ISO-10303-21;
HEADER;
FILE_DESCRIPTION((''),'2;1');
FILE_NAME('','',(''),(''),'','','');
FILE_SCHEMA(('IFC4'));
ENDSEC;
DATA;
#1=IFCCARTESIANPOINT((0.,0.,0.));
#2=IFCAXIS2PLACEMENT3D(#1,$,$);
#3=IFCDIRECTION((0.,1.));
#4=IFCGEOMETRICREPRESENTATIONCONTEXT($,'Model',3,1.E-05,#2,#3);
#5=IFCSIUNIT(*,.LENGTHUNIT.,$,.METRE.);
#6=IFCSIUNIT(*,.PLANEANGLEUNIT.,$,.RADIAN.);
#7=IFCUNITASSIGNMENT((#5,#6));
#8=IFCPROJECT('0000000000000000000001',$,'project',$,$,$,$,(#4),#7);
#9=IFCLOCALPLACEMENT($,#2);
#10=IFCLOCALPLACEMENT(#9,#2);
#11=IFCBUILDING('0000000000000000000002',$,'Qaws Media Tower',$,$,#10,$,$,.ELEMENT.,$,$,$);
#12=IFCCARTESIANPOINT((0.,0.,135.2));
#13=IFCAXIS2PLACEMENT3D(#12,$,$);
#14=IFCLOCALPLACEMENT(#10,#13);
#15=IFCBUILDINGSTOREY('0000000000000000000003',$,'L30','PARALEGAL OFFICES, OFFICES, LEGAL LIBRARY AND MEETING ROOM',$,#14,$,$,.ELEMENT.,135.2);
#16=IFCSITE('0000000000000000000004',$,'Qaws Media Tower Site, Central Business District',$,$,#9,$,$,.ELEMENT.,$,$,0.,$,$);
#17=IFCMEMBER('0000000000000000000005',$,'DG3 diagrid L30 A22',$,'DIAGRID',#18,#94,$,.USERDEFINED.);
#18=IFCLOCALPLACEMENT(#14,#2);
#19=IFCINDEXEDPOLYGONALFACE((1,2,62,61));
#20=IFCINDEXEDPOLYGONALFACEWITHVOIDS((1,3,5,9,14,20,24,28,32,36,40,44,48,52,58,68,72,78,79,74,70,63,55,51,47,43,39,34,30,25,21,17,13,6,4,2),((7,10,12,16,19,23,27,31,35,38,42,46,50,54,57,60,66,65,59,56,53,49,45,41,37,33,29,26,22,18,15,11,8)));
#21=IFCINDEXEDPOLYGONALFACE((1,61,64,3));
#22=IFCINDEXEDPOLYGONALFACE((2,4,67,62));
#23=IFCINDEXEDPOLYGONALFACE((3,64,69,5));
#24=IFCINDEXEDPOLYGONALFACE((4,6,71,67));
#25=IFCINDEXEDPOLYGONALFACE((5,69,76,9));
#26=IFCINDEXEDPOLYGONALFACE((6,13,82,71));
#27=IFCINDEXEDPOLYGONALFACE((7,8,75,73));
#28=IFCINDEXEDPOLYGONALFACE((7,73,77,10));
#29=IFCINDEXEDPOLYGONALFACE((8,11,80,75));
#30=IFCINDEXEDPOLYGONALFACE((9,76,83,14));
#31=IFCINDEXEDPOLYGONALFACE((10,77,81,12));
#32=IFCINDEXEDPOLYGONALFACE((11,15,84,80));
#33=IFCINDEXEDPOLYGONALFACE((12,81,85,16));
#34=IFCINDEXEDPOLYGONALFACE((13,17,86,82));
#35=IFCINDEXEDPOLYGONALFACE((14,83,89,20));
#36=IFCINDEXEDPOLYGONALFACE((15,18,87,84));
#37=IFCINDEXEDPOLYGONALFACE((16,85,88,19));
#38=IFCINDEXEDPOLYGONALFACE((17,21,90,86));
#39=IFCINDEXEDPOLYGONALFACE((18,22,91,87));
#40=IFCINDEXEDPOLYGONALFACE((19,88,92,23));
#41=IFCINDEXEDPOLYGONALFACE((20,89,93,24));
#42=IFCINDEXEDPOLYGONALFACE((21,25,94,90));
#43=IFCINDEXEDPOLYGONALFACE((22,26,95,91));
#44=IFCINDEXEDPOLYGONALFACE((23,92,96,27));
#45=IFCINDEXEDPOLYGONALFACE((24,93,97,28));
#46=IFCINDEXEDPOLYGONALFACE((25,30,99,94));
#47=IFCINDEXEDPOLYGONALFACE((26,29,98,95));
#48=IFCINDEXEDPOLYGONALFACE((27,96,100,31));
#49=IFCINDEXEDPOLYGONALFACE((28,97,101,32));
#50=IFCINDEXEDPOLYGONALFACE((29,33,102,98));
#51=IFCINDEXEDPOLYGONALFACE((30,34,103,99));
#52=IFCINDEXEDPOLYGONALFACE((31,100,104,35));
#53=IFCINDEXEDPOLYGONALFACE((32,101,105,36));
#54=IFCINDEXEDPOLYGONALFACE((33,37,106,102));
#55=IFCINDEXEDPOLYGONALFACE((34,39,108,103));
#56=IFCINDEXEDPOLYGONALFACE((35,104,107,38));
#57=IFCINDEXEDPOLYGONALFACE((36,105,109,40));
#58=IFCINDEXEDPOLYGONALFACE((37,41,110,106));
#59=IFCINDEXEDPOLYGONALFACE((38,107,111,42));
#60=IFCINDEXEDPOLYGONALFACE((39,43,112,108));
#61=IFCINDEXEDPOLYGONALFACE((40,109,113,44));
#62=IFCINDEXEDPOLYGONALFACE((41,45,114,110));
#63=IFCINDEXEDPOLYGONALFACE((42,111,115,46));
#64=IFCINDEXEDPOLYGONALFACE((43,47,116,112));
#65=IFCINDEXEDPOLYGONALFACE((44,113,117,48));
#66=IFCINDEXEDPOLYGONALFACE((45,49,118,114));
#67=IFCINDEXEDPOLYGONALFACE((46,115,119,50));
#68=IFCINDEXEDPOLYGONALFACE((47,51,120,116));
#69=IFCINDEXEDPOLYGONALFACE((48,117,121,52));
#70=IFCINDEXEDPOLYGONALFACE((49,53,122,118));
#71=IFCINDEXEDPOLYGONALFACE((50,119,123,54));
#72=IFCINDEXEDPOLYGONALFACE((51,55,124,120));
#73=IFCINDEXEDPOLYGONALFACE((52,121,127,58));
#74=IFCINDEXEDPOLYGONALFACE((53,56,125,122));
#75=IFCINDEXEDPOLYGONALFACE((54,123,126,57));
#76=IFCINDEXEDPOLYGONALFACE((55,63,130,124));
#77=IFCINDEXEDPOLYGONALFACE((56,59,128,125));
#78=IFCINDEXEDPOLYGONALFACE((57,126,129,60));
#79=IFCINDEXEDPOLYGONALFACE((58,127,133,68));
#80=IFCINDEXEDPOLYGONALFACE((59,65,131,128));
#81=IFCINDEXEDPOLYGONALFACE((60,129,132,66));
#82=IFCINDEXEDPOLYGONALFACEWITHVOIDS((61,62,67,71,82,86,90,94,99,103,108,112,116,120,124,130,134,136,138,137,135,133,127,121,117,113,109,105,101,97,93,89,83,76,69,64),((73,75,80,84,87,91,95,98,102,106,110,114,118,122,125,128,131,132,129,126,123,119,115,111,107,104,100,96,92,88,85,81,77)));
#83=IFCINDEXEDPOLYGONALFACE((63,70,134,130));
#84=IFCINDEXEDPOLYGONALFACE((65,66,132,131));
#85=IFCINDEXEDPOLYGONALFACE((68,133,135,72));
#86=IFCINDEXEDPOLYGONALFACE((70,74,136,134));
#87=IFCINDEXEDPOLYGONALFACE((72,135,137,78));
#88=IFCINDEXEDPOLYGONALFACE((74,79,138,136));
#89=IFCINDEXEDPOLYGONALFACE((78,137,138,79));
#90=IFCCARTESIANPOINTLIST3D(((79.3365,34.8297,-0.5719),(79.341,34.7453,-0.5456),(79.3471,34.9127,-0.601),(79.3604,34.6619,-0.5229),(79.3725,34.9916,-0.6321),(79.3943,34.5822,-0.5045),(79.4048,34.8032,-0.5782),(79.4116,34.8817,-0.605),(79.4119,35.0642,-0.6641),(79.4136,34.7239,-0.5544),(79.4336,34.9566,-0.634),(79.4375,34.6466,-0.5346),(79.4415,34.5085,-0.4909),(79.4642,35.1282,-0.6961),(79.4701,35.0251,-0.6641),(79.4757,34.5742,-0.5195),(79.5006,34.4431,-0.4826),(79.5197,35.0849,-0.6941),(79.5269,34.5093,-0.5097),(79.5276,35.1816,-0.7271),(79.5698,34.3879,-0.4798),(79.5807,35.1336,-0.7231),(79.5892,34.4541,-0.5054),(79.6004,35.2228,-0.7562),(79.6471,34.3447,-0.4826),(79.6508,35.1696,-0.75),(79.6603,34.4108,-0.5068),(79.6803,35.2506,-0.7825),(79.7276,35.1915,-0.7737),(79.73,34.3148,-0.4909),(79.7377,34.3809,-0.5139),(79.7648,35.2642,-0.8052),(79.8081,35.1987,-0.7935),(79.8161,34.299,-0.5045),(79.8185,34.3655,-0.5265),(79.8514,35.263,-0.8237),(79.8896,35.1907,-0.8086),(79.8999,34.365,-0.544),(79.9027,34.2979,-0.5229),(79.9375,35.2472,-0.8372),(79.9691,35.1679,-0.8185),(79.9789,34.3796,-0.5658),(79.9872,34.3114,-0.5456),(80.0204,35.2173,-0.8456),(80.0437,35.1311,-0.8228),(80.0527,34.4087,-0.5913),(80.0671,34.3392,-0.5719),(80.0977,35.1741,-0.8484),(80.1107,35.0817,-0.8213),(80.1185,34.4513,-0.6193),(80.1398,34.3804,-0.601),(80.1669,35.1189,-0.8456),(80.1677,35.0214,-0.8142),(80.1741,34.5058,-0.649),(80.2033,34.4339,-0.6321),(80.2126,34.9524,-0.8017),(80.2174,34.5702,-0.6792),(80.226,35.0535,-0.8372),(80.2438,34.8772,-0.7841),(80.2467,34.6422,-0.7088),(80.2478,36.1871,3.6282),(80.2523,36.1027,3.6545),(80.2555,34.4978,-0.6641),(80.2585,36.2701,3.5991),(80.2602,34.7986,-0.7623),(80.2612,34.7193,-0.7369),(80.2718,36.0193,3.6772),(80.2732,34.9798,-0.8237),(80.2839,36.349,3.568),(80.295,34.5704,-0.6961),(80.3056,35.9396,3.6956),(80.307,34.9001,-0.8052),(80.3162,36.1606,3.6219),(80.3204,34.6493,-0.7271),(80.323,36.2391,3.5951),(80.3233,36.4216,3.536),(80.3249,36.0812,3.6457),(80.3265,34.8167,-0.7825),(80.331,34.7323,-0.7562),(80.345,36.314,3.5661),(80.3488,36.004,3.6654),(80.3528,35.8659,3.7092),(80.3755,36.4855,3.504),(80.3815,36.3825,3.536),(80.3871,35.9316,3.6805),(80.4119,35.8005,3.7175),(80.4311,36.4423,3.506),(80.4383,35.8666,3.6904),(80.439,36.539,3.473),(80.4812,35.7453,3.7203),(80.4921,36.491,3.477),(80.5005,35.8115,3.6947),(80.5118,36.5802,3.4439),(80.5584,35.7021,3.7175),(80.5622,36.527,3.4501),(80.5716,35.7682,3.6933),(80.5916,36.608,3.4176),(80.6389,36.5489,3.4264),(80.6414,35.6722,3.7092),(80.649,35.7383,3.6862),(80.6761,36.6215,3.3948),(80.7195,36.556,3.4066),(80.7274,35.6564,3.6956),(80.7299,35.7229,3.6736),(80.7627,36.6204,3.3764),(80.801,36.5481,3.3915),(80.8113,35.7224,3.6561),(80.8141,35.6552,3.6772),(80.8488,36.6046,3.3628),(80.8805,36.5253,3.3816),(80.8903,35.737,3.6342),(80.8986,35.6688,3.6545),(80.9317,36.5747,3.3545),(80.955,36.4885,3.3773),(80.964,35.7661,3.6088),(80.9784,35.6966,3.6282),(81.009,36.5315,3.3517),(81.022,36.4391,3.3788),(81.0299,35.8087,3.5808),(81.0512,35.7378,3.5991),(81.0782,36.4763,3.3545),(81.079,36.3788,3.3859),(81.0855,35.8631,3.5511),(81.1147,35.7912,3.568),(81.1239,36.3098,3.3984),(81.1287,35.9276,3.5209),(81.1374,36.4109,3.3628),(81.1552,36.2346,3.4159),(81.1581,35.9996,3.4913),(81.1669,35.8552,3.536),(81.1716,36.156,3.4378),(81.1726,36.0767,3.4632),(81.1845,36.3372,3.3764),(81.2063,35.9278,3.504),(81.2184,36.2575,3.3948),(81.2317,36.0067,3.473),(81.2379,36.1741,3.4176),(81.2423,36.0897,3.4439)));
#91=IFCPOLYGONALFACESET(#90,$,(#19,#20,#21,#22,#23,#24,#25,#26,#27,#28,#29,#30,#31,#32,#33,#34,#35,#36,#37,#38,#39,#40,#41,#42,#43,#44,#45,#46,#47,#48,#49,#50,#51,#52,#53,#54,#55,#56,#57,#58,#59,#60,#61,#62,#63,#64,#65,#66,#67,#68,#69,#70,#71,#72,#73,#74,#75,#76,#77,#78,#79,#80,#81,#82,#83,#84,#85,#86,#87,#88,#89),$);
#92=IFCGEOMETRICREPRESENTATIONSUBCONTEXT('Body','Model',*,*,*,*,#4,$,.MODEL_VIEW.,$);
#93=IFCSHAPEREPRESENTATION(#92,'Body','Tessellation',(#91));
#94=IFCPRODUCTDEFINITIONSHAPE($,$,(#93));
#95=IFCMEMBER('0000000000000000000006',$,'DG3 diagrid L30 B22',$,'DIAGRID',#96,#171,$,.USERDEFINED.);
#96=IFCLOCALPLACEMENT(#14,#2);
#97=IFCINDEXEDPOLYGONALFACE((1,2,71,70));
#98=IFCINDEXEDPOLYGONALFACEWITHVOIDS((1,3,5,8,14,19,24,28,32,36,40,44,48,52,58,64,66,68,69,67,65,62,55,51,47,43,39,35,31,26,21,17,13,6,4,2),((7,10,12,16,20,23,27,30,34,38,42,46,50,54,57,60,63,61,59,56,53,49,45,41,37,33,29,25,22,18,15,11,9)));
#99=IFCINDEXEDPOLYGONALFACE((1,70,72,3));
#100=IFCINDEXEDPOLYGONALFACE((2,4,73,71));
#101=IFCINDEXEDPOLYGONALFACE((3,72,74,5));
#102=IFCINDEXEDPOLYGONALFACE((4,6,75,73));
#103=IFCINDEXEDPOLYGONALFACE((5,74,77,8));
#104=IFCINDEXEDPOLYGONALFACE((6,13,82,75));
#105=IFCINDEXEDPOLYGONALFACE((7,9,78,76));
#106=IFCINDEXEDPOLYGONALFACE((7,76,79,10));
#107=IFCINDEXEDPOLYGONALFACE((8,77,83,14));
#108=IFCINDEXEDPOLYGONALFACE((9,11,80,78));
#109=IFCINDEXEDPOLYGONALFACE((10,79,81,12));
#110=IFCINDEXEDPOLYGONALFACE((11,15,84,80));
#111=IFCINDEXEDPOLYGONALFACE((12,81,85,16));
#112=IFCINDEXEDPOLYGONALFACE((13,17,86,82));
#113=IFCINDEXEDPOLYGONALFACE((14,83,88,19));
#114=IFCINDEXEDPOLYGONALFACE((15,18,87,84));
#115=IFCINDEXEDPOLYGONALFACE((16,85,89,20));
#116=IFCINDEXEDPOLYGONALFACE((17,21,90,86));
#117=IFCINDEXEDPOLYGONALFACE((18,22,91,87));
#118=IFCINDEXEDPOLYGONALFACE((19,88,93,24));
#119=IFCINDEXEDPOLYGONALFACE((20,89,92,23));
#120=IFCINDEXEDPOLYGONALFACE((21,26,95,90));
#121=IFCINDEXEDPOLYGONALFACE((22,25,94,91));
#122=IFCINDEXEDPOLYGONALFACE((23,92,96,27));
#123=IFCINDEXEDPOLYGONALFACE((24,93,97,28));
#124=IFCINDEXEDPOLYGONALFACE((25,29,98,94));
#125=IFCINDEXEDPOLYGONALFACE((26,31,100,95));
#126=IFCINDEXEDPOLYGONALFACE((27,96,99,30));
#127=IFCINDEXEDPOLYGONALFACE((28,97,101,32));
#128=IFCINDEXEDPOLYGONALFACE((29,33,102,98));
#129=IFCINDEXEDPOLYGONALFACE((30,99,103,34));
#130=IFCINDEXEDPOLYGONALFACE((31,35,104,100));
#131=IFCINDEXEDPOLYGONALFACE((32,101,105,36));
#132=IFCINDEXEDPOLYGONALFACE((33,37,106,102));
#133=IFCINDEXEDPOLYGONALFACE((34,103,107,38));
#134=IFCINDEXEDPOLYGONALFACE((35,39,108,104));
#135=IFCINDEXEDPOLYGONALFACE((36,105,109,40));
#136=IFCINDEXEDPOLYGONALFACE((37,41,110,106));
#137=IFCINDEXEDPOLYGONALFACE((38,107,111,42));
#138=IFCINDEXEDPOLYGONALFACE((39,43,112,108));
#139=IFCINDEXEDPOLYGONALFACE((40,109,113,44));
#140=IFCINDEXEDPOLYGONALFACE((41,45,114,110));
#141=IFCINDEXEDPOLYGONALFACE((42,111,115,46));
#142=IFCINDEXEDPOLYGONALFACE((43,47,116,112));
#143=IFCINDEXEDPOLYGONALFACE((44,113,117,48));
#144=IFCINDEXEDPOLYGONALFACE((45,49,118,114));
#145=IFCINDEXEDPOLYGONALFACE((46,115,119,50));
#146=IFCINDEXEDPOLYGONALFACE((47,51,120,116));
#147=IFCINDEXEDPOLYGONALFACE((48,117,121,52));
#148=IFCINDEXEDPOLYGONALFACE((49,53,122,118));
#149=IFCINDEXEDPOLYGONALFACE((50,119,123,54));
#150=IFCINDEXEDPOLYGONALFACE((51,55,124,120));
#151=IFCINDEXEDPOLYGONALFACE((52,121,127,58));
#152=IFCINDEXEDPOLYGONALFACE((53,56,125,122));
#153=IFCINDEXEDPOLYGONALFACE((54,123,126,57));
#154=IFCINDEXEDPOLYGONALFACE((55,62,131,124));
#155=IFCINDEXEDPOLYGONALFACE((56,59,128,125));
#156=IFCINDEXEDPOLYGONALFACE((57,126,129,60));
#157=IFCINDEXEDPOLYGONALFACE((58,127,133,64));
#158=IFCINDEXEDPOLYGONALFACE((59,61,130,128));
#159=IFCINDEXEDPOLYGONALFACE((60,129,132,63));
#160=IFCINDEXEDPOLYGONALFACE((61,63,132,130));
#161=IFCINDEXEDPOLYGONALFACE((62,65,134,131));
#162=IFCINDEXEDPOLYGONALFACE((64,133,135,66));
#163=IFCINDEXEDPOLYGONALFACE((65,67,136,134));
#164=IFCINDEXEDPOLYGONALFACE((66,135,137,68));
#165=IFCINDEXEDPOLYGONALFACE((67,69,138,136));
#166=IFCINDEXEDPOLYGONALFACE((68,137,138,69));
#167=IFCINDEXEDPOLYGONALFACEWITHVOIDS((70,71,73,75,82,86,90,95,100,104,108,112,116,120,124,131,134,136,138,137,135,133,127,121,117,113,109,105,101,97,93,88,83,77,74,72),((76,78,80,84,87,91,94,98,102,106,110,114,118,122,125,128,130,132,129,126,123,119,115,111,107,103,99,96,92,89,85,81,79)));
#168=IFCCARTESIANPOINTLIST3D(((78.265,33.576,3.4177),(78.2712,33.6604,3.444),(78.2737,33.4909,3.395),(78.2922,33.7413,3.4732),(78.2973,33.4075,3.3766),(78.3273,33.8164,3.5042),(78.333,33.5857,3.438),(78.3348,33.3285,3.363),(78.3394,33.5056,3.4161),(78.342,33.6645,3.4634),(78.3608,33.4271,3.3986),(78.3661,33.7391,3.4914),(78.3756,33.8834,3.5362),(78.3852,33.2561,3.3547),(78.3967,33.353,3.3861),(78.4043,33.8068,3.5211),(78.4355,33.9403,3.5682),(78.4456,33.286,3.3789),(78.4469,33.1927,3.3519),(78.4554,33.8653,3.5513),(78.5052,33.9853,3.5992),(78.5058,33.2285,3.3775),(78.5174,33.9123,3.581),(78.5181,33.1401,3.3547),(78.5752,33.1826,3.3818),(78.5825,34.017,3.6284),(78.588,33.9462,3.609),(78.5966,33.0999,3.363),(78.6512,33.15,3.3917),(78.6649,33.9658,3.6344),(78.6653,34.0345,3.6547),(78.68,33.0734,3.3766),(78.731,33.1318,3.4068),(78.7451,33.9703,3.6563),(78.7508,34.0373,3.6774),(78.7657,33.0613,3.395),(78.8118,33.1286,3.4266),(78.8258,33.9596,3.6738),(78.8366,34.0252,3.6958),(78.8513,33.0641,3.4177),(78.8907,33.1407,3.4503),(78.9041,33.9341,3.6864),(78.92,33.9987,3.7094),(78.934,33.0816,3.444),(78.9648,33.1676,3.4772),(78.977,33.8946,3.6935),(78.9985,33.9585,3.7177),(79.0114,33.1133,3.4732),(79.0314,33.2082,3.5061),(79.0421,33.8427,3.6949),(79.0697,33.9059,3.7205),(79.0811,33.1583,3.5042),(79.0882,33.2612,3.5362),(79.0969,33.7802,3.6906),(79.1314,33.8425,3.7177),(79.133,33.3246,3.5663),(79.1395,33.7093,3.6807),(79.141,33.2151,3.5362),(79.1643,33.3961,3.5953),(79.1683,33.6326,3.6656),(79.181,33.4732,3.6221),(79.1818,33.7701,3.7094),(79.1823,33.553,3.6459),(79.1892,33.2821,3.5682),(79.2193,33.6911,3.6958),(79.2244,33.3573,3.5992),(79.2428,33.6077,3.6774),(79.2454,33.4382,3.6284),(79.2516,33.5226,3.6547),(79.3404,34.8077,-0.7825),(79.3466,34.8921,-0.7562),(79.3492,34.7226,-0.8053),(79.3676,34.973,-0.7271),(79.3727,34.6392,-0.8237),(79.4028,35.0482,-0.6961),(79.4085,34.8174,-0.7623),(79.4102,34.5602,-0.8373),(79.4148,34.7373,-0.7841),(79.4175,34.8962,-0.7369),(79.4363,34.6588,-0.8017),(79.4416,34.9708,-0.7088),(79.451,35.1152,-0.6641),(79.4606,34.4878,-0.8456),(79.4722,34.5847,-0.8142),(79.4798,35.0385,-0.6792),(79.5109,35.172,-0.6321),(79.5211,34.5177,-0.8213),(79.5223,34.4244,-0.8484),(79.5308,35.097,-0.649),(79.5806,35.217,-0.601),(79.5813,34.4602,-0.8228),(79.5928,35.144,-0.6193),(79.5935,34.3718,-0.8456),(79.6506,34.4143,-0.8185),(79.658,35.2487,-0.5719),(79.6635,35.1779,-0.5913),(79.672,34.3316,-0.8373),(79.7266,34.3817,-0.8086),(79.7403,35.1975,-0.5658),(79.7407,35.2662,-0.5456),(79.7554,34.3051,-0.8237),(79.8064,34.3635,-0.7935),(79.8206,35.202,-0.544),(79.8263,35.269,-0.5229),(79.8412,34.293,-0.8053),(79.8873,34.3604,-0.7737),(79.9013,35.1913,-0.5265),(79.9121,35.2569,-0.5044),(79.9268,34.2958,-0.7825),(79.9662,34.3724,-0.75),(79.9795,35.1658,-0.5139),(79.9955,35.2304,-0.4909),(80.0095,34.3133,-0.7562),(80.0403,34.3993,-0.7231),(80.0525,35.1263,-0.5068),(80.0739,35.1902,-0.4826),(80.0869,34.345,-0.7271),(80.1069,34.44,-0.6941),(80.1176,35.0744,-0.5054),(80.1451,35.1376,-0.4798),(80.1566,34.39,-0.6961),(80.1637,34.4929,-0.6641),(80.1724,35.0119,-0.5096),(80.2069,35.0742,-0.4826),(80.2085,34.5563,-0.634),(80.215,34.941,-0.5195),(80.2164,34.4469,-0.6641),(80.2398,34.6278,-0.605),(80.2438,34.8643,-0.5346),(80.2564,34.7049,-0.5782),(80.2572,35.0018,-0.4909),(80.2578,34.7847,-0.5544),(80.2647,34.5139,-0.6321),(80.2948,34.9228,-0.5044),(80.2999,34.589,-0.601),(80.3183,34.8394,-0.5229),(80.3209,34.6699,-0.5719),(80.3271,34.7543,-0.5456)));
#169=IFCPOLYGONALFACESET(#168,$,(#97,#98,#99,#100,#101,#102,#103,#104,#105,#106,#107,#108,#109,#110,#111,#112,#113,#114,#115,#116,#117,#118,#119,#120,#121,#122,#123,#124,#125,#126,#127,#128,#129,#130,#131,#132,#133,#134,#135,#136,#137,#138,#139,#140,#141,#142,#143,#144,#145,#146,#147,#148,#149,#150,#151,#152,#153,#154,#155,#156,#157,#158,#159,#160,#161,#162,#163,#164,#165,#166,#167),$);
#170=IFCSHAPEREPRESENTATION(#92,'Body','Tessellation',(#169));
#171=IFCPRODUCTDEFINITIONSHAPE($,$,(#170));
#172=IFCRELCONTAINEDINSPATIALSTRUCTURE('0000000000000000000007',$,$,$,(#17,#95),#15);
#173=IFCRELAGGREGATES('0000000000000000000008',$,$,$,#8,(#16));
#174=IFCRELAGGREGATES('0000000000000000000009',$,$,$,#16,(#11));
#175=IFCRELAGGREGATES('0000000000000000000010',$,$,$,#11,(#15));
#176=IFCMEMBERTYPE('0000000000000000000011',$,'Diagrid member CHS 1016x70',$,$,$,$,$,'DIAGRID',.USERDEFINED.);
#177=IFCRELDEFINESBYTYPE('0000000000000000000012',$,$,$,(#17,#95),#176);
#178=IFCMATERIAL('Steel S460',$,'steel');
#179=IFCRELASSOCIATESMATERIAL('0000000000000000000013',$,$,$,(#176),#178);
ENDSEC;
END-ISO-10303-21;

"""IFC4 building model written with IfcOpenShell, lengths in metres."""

from ifc_helpers import new_model, si_unit, direction, frame, origin, origin_2d, place, context, subcontext, project, spatial, hollow_circle, extrude, material, material_profile, profile_set, type_object, element, save


model = new_model("IFC4")

# Units and contexts
model_context = context("Model", 3, precision=1e-05, world=origin(), true_north=direction((0.0, 1.0)))
body_context = subcontext(model_context, "Body", "Model", "MODEL_VIEW")
ifc_project = project(units=[si_unit("LENGTHUNIT", "METRE"), si_unit("PLANEANGLEUNIT", "RADIAN")], contexts=[model_context])

# Site, building, storey
site_placement = place(None, origin())
site = spatial("IfcSite", under=ifc_project, at=site_placement, Name="Qaws Media Tower Site, Central Business District", CompositionType="ELEMENT", RefElevation=0.0)
building_placement = place(site_placement, origin())
building = spatial("IfcBuilding", under=site, at=building_placement, Name="Qaws Media Tower", CompositionType="ELEMENT")
storey_placement = place(building_placement, frame((0.0, 0.0, 135.2)))
storey = spatial("IfcBuildingStorey", under=building, at=storey_placement, Name="L30", Description="PARALEGAL OFFICES, OFFICES, LEGAL LIBRARY AND MEETING ROOM", CompositionType="ELEMENT", Elevation=135.2)

# Members
ifc_material_1 = material(Name="Steel S460", Category="steel")
ifc_material_profile_1 = material_profile(ifc_material_1, hollow_circle(Radius=0.5081, WallThickness=0.0701, at=origin_2d()), Name="CHS 1016x70")
ifc_profile_set_1 = profile_set([ifc_material_profile_1], Name="Steel S460")
member_type_1 = type_object("IfcMemberType", Name="Diagrid member CHS 1016x70", ElementType="DIAGRID", PredefinedType="USERDEFINED", material=ifc_profile_set_1)
for number, where, z_axis, x_axis, name in (
    (1, (79.8337, 34.781, -0.6641), (0.202205, 0.301168, 0.931886), (-0.830231, 0.557419, 0.0), "DG3 diagrid L30 A22"),
):
    element("IfcMember", number, at=place(storey_placement, frame(where, z_axis=z_axis, x_axis=x_axis)), inside=storey, type_object=member_type_1, Name=name, ObjectType="DIAGRID", PredefinedType="USERDEFINED", context=body_context, shape_type="SweptSolid", body=[
        extrude(hollow_circle(Radius=0.5081, WallThickness=0.0701, at=origin_2d()), origin(), (0.0, 0.0, 1.0), 4.5071),
    ])
member_1_placement = place(storey_placement, frame((79.8337, 34.781, -0.6641), z_axis=(-0.238602, -0.273269, 0.931876), x_axis=(0.75327, -0.657711, 0.0)))
element("IfcMember", 2, at=member_1_placement, inside=storey, type_object=member_type_1, Name="DG3 diagrid L30 B22", ObjectType="DIAGRID", PredefinedType="USERDEFINED", context=body_context, shape_type="SweptSolid", body=[
    extrude(hollow_circle(Radius=0.5081, WallThickness=0.0701, at=origin_2d()), origin(), (0.0, 0.0, 1.0), 4.5073),
])

save(model, "model.ifc")
